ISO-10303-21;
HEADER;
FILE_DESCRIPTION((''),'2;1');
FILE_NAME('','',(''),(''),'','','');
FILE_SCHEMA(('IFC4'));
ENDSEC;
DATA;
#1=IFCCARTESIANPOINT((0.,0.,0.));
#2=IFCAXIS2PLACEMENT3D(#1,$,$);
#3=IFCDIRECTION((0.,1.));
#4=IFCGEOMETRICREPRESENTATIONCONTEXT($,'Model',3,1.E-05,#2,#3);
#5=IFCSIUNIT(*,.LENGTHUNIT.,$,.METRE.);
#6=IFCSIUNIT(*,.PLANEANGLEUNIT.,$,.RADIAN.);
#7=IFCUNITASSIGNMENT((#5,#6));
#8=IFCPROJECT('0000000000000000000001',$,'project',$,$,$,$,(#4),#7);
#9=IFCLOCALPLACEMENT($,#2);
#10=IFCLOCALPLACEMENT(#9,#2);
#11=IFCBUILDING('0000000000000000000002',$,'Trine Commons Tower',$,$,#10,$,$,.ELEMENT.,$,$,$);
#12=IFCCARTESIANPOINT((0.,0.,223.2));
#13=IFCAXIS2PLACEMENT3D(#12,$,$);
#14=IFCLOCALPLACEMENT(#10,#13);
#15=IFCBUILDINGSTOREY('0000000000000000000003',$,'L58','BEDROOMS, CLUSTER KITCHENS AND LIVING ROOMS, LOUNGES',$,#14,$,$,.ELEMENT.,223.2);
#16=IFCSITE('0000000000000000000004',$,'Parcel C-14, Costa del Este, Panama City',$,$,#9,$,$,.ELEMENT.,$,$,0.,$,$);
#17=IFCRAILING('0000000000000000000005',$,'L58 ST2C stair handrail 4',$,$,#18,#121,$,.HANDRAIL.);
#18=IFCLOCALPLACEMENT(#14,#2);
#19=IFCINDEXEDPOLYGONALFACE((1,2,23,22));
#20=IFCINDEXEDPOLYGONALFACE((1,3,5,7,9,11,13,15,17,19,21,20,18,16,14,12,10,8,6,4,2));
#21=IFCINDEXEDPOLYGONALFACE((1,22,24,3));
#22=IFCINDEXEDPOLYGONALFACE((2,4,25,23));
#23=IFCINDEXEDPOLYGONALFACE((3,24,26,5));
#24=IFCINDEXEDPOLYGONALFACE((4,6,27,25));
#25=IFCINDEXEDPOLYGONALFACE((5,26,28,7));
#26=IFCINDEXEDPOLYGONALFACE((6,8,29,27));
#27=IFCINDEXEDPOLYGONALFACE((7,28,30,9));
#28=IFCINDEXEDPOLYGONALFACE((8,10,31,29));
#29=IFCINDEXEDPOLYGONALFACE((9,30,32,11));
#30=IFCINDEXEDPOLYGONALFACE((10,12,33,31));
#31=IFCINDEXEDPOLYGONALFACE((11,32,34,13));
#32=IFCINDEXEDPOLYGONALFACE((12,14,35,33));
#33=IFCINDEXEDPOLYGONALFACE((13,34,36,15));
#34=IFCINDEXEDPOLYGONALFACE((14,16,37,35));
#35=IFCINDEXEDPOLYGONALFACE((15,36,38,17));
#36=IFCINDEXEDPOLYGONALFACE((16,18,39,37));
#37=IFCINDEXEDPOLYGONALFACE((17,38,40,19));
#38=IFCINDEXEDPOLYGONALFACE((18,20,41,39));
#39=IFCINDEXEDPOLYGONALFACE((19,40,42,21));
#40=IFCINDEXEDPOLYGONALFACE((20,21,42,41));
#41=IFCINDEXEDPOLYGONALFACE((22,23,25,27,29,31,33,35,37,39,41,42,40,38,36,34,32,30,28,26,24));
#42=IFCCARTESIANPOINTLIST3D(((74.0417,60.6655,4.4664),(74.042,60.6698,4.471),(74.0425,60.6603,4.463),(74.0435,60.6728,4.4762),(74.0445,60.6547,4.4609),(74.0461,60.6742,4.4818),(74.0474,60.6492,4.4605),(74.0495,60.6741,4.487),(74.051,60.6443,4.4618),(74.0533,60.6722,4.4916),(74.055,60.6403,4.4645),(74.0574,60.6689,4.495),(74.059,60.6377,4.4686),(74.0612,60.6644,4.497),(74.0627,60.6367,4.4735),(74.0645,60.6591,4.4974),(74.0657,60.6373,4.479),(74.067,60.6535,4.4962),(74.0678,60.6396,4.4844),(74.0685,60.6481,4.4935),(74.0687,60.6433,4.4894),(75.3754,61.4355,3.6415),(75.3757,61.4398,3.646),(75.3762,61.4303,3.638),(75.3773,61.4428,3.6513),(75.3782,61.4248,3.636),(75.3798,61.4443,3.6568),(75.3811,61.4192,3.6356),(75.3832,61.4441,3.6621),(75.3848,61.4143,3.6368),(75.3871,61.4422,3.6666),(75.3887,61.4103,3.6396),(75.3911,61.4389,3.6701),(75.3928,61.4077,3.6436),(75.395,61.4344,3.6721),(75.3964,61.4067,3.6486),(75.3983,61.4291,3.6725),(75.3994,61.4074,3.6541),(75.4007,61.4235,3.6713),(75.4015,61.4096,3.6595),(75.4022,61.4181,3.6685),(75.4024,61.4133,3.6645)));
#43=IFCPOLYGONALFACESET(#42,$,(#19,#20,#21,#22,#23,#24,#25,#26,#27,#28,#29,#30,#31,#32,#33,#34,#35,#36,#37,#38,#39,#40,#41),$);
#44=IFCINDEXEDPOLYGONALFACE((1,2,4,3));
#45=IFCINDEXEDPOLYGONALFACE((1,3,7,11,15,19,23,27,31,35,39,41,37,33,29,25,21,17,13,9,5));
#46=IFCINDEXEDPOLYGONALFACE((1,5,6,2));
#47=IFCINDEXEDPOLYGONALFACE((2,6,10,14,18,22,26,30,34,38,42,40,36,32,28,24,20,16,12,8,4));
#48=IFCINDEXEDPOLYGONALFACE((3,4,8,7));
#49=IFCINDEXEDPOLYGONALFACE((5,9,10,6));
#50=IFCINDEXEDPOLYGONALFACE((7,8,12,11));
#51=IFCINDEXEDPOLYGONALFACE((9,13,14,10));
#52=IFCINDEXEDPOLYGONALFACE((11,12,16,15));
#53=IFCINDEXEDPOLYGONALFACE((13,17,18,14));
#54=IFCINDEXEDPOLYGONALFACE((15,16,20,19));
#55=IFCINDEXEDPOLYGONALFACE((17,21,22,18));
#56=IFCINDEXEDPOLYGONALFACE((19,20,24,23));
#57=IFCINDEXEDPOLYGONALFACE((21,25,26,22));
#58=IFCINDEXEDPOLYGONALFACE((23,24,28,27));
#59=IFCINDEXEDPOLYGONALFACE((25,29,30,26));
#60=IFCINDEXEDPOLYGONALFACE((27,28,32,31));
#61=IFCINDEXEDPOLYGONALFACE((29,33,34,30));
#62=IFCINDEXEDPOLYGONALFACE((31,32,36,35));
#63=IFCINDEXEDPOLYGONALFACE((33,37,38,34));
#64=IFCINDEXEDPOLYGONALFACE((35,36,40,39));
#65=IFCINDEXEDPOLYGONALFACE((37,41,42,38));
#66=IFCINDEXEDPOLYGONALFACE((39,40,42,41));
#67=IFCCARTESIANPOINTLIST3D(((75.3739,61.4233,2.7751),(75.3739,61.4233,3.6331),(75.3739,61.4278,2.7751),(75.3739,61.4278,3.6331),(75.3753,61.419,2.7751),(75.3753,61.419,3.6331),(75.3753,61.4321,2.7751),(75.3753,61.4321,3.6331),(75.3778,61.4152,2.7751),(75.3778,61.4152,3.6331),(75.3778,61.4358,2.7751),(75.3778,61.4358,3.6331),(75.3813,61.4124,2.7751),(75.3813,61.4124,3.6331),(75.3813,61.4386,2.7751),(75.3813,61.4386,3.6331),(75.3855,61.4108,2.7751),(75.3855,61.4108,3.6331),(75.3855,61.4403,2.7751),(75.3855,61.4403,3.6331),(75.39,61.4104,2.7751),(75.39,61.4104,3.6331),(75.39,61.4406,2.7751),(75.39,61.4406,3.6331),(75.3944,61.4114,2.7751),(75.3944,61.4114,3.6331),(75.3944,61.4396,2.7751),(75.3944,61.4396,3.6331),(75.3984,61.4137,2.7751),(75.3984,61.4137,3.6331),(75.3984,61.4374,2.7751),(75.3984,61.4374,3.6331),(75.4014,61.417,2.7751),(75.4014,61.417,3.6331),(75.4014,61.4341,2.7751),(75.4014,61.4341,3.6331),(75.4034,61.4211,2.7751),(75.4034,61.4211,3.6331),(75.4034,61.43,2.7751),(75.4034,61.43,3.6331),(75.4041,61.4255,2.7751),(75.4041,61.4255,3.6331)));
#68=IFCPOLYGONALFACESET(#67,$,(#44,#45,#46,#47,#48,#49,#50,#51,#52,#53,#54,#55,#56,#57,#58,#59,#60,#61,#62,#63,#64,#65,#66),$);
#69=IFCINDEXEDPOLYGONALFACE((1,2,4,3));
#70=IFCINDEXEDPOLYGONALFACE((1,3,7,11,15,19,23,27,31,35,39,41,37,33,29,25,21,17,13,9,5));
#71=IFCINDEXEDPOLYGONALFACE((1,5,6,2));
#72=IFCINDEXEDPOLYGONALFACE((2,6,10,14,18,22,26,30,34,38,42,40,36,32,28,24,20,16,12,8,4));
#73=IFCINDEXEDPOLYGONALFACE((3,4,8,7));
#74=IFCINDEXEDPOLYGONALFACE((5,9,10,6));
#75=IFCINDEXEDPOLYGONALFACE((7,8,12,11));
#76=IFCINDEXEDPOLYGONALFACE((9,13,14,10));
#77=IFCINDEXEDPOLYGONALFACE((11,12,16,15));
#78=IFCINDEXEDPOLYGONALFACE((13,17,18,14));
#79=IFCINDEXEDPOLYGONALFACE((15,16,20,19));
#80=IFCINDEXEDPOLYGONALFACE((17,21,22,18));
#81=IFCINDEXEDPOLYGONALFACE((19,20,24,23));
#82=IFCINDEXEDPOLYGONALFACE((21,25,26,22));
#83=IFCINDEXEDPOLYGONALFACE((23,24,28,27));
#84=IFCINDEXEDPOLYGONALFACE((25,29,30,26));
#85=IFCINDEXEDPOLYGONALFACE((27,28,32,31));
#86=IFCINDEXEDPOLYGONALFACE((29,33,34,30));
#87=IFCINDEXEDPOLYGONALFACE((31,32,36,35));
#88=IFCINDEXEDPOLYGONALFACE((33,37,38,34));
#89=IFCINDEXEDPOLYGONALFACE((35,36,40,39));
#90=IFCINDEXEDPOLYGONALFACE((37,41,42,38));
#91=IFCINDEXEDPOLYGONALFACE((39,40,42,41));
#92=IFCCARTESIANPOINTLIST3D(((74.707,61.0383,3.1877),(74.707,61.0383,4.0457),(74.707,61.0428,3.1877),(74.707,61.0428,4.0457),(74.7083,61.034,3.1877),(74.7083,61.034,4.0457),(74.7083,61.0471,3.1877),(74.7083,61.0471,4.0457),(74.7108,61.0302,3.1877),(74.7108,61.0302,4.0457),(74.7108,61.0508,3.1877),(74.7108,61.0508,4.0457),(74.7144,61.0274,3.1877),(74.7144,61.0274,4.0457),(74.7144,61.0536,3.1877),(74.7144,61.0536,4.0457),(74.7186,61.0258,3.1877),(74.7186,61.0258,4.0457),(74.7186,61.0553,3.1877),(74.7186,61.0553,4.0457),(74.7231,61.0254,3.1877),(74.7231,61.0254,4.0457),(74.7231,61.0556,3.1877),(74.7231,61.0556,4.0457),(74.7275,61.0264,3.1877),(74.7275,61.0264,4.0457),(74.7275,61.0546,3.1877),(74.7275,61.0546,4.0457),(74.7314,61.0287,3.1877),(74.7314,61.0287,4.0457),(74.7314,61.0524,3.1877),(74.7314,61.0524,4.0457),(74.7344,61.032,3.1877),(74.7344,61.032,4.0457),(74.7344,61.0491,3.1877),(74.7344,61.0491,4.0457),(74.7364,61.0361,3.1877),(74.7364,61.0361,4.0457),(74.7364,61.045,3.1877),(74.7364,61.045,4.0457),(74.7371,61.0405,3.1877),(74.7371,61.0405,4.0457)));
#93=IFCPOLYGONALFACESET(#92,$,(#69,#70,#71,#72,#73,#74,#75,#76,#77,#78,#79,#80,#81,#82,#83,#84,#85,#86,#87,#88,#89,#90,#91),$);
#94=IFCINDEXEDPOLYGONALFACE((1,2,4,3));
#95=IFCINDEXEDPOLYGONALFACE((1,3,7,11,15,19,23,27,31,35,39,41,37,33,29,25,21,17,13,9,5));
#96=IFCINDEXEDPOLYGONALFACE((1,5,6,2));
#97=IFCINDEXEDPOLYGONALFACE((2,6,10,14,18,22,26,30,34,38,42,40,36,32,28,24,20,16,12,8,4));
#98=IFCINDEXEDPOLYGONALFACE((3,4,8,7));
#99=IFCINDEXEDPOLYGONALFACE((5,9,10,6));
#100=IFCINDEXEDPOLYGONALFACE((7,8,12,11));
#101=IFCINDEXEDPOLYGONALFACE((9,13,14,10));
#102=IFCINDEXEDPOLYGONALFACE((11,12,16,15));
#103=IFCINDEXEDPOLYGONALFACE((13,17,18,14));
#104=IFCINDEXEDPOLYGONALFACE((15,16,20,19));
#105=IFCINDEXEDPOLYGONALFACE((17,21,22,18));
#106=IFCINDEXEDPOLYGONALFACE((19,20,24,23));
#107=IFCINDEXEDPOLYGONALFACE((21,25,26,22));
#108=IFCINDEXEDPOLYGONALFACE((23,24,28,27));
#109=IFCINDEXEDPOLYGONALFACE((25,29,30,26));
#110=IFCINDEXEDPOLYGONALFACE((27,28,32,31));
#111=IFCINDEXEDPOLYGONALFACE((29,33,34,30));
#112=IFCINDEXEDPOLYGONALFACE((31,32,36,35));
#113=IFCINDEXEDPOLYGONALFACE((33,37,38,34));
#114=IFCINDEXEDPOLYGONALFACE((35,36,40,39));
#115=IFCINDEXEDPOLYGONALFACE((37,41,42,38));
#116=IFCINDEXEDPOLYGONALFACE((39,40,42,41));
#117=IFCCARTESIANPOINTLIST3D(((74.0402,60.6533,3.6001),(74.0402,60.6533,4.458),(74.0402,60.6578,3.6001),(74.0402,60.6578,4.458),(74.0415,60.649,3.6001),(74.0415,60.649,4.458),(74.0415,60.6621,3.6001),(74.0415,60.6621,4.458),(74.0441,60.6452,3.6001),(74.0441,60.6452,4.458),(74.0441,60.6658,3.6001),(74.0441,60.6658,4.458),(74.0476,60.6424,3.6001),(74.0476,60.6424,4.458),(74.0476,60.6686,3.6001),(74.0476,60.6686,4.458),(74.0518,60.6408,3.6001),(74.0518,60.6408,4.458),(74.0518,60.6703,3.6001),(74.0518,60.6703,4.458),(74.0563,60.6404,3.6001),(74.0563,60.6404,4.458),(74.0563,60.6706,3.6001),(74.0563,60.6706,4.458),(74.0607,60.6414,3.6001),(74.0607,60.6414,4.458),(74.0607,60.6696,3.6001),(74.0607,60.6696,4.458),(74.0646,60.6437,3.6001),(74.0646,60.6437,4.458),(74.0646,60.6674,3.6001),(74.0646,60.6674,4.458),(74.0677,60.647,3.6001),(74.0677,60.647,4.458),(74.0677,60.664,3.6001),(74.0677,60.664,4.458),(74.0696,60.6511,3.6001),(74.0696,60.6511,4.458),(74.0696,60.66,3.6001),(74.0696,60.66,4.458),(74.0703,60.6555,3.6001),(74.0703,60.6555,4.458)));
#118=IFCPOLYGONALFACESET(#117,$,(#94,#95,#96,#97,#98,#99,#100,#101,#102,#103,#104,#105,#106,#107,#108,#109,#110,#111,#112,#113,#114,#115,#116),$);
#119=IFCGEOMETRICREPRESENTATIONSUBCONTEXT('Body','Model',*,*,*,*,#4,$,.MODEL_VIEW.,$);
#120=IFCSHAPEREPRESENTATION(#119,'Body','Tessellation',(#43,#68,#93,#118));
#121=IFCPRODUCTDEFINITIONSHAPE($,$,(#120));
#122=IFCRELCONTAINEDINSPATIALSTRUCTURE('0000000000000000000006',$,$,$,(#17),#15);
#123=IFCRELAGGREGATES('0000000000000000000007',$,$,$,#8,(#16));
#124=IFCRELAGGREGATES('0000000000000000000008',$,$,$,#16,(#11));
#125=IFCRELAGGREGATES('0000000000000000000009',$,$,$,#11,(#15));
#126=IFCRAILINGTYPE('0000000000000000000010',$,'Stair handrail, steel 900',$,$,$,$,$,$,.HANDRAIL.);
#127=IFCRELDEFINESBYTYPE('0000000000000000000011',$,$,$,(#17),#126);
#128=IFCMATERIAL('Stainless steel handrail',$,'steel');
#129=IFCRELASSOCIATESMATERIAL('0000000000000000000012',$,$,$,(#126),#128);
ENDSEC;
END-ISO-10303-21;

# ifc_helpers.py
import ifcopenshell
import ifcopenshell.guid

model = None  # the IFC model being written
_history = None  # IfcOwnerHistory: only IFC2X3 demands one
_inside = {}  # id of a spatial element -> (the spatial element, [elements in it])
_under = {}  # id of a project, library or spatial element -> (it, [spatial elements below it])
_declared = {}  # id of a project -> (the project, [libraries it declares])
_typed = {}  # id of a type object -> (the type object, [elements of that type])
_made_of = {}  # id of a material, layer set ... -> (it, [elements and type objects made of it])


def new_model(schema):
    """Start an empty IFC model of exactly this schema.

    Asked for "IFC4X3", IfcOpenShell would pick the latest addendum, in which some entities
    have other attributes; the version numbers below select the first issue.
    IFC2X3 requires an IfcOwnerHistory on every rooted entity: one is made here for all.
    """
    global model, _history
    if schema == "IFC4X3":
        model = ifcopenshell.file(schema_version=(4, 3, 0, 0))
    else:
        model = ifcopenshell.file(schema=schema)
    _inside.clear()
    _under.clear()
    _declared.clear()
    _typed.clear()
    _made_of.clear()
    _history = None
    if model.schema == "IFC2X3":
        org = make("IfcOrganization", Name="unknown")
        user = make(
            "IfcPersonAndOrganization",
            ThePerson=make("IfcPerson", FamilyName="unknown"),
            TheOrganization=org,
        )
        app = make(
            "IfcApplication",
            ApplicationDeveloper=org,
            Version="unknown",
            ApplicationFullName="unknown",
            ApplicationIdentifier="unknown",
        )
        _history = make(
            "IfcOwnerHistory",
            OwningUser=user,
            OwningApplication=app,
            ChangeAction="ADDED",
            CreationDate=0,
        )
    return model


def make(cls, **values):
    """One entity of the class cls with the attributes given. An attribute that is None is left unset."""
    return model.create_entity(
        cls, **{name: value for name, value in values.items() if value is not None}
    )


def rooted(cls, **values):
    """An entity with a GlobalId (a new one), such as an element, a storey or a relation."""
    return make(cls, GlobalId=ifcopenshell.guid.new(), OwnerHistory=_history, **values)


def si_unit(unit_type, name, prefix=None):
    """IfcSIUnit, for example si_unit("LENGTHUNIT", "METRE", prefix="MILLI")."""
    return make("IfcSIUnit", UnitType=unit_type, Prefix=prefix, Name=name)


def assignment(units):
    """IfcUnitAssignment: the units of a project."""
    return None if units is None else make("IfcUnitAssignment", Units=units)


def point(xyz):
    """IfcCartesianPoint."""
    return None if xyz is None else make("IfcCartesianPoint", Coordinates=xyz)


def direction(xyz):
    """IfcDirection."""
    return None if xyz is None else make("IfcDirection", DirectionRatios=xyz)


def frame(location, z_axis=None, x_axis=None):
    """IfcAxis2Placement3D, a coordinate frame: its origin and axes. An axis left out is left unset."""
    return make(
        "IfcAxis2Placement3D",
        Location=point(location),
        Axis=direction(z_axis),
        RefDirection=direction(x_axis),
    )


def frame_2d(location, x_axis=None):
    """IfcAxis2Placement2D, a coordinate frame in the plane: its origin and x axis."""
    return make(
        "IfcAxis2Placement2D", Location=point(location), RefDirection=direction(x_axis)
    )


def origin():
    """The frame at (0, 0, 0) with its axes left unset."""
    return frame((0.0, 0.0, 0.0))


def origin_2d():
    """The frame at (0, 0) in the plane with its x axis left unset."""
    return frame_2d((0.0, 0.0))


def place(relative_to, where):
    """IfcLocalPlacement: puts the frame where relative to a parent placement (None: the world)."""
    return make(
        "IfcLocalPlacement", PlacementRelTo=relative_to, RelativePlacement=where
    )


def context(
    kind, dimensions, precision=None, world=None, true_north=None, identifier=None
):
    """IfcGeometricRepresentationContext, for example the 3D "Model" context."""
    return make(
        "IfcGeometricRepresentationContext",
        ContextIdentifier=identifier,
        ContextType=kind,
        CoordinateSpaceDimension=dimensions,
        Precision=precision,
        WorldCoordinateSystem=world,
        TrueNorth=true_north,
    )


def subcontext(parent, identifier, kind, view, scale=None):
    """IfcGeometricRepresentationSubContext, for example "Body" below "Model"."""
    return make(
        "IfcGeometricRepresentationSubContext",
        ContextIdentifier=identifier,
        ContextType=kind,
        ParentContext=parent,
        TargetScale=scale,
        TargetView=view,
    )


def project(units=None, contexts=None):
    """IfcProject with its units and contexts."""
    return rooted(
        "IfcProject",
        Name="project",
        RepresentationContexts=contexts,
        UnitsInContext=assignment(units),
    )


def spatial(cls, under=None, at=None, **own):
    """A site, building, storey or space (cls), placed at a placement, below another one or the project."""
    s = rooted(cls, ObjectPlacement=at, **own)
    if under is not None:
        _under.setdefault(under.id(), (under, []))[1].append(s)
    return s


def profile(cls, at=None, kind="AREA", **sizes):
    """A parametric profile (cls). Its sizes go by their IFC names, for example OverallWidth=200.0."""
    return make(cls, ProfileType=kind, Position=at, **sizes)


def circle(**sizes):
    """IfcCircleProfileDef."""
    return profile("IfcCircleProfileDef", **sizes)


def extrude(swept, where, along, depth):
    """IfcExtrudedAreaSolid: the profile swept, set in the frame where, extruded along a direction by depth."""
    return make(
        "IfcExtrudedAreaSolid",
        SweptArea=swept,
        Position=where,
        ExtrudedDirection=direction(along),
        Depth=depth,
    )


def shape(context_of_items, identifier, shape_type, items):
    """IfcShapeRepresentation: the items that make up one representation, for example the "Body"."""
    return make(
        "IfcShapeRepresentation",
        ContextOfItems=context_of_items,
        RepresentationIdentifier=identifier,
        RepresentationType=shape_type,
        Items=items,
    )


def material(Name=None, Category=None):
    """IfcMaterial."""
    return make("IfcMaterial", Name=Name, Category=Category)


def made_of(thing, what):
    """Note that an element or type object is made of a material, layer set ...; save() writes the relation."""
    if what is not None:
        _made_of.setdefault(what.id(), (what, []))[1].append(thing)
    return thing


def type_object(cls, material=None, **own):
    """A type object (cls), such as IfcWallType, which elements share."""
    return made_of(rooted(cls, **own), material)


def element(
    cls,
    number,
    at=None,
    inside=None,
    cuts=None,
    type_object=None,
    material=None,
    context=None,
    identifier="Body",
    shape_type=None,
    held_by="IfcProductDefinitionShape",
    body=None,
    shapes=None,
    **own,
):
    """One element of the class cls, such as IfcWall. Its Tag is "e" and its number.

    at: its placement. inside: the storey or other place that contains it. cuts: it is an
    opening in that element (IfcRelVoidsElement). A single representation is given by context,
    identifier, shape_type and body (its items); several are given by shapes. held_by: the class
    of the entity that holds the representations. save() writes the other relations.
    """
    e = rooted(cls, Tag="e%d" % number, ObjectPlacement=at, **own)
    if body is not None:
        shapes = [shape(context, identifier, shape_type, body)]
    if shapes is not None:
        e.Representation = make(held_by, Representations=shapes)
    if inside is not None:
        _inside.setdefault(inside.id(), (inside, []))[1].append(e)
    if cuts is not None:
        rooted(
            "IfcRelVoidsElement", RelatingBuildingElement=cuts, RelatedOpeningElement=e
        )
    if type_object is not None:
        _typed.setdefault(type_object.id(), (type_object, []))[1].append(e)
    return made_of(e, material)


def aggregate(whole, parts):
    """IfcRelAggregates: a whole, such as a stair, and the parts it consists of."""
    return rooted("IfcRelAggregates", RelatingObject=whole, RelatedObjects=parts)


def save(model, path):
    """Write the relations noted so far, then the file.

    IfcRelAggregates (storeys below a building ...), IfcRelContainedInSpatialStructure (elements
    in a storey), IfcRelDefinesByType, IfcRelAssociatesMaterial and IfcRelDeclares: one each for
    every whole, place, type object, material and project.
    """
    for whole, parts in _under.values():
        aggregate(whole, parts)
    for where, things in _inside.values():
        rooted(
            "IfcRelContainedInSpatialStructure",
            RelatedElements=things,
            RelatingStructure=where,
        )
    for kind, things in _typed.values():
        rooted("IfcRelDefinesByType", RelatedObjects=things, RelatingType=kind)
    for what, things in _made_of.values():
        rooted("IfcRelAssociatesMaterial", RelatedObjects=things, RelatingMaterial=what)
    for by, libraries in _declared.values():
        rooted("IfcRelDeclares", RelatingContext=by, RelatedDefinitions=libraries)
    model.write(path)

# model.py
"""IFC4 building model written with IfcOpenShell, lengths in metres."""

from ifc_helpers import new_model, si_unit, direction, frame, origin, origin_2d, place, context, subcontext, project, spatial, circle, extrude, material, type_object, element, save


model = new_model("IFC4")

# Units and contexts
model_context = context("Model", 3, precision=1e-05, world=origin(), true_north=direction((0.0, 1.0)))
body_context = subcontext(model_context, "Body", "Model", "MODEL_VIEW")
ifc_project = project(units=[si_unit("LENGTHUNIT", "METRE"), si_unit("PLANEANGLEUNIT", "RADIAN")], contexts=[model_context])

# Site, building, storey
site_placement = place(None, origin())
site = spatial("IfcSite", under=ifc_project, at=site_placement, Name="Parcel C-14, Costa del Este, Panama City", CompositionType="ELEMENT", RefElevation=0.0)
building_placement = place(site_placement, origin())
building = spatial("IfcBuilding", under=site, at=building_placement, Name="Trine Commons Tower", CompositionType="ELEMENT")
storey_placement = place(building_placement, frame((0.0, 0.0, 223.2)))
storey = spatial("IfcBuildingStorey", under=building, at=storey_placement, Name="L58", Description="BEDROOMS, CLUSTER KITCHENS AND LIVING ROOMS, LOUNGES", CompositionType="ELEMENT", Elevation=223.2)

# Railing
ifc_material_1 = material(Name="Stainless steel handrail", Category="steel")
railing_type_1 = type_object("IfcRailingType", Name="Stair handrail, steel 900", PredefinedType="HANDRAIL", material=ifc_material_1)
railing_1_placement = place(storey_placement, frame((75.3889, 61.4255, 2.7751)))
element("IfcRailing", 1, at=railing_1_placement, inside=storey, type_object=railing_type_1, Name="L58 ST2C stair handrail 4", PredefinedType="HANDRAIL", context=body_context, shape_type="SweptSolid", body=[
    extrude(circle(Radius=0.021, at=origin_2d()), frame((0.0, 0.0, 0.8789), z_axis=(-0.763405, -0.440743, 0.472185), x_axis=(0.499992, -0.86603, 0.0)), (0.0, 0.0, 1.0), 1.7471),
    extrude(circle(Radius=0.0151, at=origin_2d()), origin(), (0.0, 0.0, 1.0), 0.8579),
    extrude(circle(Radius=0.0151, at=origin_2d()), frame((-0.667, -0.385, 0.4126)), (0.0, 0.0, 1.0), 0.8579),
    extrude(circle(Radius=0.0151, at=origin_2d()), frame((-1.3337, -0.77, 0.825)), (0.0, 0.0, 1.0), 0.8579),
])

save(model, "model.ifc")
